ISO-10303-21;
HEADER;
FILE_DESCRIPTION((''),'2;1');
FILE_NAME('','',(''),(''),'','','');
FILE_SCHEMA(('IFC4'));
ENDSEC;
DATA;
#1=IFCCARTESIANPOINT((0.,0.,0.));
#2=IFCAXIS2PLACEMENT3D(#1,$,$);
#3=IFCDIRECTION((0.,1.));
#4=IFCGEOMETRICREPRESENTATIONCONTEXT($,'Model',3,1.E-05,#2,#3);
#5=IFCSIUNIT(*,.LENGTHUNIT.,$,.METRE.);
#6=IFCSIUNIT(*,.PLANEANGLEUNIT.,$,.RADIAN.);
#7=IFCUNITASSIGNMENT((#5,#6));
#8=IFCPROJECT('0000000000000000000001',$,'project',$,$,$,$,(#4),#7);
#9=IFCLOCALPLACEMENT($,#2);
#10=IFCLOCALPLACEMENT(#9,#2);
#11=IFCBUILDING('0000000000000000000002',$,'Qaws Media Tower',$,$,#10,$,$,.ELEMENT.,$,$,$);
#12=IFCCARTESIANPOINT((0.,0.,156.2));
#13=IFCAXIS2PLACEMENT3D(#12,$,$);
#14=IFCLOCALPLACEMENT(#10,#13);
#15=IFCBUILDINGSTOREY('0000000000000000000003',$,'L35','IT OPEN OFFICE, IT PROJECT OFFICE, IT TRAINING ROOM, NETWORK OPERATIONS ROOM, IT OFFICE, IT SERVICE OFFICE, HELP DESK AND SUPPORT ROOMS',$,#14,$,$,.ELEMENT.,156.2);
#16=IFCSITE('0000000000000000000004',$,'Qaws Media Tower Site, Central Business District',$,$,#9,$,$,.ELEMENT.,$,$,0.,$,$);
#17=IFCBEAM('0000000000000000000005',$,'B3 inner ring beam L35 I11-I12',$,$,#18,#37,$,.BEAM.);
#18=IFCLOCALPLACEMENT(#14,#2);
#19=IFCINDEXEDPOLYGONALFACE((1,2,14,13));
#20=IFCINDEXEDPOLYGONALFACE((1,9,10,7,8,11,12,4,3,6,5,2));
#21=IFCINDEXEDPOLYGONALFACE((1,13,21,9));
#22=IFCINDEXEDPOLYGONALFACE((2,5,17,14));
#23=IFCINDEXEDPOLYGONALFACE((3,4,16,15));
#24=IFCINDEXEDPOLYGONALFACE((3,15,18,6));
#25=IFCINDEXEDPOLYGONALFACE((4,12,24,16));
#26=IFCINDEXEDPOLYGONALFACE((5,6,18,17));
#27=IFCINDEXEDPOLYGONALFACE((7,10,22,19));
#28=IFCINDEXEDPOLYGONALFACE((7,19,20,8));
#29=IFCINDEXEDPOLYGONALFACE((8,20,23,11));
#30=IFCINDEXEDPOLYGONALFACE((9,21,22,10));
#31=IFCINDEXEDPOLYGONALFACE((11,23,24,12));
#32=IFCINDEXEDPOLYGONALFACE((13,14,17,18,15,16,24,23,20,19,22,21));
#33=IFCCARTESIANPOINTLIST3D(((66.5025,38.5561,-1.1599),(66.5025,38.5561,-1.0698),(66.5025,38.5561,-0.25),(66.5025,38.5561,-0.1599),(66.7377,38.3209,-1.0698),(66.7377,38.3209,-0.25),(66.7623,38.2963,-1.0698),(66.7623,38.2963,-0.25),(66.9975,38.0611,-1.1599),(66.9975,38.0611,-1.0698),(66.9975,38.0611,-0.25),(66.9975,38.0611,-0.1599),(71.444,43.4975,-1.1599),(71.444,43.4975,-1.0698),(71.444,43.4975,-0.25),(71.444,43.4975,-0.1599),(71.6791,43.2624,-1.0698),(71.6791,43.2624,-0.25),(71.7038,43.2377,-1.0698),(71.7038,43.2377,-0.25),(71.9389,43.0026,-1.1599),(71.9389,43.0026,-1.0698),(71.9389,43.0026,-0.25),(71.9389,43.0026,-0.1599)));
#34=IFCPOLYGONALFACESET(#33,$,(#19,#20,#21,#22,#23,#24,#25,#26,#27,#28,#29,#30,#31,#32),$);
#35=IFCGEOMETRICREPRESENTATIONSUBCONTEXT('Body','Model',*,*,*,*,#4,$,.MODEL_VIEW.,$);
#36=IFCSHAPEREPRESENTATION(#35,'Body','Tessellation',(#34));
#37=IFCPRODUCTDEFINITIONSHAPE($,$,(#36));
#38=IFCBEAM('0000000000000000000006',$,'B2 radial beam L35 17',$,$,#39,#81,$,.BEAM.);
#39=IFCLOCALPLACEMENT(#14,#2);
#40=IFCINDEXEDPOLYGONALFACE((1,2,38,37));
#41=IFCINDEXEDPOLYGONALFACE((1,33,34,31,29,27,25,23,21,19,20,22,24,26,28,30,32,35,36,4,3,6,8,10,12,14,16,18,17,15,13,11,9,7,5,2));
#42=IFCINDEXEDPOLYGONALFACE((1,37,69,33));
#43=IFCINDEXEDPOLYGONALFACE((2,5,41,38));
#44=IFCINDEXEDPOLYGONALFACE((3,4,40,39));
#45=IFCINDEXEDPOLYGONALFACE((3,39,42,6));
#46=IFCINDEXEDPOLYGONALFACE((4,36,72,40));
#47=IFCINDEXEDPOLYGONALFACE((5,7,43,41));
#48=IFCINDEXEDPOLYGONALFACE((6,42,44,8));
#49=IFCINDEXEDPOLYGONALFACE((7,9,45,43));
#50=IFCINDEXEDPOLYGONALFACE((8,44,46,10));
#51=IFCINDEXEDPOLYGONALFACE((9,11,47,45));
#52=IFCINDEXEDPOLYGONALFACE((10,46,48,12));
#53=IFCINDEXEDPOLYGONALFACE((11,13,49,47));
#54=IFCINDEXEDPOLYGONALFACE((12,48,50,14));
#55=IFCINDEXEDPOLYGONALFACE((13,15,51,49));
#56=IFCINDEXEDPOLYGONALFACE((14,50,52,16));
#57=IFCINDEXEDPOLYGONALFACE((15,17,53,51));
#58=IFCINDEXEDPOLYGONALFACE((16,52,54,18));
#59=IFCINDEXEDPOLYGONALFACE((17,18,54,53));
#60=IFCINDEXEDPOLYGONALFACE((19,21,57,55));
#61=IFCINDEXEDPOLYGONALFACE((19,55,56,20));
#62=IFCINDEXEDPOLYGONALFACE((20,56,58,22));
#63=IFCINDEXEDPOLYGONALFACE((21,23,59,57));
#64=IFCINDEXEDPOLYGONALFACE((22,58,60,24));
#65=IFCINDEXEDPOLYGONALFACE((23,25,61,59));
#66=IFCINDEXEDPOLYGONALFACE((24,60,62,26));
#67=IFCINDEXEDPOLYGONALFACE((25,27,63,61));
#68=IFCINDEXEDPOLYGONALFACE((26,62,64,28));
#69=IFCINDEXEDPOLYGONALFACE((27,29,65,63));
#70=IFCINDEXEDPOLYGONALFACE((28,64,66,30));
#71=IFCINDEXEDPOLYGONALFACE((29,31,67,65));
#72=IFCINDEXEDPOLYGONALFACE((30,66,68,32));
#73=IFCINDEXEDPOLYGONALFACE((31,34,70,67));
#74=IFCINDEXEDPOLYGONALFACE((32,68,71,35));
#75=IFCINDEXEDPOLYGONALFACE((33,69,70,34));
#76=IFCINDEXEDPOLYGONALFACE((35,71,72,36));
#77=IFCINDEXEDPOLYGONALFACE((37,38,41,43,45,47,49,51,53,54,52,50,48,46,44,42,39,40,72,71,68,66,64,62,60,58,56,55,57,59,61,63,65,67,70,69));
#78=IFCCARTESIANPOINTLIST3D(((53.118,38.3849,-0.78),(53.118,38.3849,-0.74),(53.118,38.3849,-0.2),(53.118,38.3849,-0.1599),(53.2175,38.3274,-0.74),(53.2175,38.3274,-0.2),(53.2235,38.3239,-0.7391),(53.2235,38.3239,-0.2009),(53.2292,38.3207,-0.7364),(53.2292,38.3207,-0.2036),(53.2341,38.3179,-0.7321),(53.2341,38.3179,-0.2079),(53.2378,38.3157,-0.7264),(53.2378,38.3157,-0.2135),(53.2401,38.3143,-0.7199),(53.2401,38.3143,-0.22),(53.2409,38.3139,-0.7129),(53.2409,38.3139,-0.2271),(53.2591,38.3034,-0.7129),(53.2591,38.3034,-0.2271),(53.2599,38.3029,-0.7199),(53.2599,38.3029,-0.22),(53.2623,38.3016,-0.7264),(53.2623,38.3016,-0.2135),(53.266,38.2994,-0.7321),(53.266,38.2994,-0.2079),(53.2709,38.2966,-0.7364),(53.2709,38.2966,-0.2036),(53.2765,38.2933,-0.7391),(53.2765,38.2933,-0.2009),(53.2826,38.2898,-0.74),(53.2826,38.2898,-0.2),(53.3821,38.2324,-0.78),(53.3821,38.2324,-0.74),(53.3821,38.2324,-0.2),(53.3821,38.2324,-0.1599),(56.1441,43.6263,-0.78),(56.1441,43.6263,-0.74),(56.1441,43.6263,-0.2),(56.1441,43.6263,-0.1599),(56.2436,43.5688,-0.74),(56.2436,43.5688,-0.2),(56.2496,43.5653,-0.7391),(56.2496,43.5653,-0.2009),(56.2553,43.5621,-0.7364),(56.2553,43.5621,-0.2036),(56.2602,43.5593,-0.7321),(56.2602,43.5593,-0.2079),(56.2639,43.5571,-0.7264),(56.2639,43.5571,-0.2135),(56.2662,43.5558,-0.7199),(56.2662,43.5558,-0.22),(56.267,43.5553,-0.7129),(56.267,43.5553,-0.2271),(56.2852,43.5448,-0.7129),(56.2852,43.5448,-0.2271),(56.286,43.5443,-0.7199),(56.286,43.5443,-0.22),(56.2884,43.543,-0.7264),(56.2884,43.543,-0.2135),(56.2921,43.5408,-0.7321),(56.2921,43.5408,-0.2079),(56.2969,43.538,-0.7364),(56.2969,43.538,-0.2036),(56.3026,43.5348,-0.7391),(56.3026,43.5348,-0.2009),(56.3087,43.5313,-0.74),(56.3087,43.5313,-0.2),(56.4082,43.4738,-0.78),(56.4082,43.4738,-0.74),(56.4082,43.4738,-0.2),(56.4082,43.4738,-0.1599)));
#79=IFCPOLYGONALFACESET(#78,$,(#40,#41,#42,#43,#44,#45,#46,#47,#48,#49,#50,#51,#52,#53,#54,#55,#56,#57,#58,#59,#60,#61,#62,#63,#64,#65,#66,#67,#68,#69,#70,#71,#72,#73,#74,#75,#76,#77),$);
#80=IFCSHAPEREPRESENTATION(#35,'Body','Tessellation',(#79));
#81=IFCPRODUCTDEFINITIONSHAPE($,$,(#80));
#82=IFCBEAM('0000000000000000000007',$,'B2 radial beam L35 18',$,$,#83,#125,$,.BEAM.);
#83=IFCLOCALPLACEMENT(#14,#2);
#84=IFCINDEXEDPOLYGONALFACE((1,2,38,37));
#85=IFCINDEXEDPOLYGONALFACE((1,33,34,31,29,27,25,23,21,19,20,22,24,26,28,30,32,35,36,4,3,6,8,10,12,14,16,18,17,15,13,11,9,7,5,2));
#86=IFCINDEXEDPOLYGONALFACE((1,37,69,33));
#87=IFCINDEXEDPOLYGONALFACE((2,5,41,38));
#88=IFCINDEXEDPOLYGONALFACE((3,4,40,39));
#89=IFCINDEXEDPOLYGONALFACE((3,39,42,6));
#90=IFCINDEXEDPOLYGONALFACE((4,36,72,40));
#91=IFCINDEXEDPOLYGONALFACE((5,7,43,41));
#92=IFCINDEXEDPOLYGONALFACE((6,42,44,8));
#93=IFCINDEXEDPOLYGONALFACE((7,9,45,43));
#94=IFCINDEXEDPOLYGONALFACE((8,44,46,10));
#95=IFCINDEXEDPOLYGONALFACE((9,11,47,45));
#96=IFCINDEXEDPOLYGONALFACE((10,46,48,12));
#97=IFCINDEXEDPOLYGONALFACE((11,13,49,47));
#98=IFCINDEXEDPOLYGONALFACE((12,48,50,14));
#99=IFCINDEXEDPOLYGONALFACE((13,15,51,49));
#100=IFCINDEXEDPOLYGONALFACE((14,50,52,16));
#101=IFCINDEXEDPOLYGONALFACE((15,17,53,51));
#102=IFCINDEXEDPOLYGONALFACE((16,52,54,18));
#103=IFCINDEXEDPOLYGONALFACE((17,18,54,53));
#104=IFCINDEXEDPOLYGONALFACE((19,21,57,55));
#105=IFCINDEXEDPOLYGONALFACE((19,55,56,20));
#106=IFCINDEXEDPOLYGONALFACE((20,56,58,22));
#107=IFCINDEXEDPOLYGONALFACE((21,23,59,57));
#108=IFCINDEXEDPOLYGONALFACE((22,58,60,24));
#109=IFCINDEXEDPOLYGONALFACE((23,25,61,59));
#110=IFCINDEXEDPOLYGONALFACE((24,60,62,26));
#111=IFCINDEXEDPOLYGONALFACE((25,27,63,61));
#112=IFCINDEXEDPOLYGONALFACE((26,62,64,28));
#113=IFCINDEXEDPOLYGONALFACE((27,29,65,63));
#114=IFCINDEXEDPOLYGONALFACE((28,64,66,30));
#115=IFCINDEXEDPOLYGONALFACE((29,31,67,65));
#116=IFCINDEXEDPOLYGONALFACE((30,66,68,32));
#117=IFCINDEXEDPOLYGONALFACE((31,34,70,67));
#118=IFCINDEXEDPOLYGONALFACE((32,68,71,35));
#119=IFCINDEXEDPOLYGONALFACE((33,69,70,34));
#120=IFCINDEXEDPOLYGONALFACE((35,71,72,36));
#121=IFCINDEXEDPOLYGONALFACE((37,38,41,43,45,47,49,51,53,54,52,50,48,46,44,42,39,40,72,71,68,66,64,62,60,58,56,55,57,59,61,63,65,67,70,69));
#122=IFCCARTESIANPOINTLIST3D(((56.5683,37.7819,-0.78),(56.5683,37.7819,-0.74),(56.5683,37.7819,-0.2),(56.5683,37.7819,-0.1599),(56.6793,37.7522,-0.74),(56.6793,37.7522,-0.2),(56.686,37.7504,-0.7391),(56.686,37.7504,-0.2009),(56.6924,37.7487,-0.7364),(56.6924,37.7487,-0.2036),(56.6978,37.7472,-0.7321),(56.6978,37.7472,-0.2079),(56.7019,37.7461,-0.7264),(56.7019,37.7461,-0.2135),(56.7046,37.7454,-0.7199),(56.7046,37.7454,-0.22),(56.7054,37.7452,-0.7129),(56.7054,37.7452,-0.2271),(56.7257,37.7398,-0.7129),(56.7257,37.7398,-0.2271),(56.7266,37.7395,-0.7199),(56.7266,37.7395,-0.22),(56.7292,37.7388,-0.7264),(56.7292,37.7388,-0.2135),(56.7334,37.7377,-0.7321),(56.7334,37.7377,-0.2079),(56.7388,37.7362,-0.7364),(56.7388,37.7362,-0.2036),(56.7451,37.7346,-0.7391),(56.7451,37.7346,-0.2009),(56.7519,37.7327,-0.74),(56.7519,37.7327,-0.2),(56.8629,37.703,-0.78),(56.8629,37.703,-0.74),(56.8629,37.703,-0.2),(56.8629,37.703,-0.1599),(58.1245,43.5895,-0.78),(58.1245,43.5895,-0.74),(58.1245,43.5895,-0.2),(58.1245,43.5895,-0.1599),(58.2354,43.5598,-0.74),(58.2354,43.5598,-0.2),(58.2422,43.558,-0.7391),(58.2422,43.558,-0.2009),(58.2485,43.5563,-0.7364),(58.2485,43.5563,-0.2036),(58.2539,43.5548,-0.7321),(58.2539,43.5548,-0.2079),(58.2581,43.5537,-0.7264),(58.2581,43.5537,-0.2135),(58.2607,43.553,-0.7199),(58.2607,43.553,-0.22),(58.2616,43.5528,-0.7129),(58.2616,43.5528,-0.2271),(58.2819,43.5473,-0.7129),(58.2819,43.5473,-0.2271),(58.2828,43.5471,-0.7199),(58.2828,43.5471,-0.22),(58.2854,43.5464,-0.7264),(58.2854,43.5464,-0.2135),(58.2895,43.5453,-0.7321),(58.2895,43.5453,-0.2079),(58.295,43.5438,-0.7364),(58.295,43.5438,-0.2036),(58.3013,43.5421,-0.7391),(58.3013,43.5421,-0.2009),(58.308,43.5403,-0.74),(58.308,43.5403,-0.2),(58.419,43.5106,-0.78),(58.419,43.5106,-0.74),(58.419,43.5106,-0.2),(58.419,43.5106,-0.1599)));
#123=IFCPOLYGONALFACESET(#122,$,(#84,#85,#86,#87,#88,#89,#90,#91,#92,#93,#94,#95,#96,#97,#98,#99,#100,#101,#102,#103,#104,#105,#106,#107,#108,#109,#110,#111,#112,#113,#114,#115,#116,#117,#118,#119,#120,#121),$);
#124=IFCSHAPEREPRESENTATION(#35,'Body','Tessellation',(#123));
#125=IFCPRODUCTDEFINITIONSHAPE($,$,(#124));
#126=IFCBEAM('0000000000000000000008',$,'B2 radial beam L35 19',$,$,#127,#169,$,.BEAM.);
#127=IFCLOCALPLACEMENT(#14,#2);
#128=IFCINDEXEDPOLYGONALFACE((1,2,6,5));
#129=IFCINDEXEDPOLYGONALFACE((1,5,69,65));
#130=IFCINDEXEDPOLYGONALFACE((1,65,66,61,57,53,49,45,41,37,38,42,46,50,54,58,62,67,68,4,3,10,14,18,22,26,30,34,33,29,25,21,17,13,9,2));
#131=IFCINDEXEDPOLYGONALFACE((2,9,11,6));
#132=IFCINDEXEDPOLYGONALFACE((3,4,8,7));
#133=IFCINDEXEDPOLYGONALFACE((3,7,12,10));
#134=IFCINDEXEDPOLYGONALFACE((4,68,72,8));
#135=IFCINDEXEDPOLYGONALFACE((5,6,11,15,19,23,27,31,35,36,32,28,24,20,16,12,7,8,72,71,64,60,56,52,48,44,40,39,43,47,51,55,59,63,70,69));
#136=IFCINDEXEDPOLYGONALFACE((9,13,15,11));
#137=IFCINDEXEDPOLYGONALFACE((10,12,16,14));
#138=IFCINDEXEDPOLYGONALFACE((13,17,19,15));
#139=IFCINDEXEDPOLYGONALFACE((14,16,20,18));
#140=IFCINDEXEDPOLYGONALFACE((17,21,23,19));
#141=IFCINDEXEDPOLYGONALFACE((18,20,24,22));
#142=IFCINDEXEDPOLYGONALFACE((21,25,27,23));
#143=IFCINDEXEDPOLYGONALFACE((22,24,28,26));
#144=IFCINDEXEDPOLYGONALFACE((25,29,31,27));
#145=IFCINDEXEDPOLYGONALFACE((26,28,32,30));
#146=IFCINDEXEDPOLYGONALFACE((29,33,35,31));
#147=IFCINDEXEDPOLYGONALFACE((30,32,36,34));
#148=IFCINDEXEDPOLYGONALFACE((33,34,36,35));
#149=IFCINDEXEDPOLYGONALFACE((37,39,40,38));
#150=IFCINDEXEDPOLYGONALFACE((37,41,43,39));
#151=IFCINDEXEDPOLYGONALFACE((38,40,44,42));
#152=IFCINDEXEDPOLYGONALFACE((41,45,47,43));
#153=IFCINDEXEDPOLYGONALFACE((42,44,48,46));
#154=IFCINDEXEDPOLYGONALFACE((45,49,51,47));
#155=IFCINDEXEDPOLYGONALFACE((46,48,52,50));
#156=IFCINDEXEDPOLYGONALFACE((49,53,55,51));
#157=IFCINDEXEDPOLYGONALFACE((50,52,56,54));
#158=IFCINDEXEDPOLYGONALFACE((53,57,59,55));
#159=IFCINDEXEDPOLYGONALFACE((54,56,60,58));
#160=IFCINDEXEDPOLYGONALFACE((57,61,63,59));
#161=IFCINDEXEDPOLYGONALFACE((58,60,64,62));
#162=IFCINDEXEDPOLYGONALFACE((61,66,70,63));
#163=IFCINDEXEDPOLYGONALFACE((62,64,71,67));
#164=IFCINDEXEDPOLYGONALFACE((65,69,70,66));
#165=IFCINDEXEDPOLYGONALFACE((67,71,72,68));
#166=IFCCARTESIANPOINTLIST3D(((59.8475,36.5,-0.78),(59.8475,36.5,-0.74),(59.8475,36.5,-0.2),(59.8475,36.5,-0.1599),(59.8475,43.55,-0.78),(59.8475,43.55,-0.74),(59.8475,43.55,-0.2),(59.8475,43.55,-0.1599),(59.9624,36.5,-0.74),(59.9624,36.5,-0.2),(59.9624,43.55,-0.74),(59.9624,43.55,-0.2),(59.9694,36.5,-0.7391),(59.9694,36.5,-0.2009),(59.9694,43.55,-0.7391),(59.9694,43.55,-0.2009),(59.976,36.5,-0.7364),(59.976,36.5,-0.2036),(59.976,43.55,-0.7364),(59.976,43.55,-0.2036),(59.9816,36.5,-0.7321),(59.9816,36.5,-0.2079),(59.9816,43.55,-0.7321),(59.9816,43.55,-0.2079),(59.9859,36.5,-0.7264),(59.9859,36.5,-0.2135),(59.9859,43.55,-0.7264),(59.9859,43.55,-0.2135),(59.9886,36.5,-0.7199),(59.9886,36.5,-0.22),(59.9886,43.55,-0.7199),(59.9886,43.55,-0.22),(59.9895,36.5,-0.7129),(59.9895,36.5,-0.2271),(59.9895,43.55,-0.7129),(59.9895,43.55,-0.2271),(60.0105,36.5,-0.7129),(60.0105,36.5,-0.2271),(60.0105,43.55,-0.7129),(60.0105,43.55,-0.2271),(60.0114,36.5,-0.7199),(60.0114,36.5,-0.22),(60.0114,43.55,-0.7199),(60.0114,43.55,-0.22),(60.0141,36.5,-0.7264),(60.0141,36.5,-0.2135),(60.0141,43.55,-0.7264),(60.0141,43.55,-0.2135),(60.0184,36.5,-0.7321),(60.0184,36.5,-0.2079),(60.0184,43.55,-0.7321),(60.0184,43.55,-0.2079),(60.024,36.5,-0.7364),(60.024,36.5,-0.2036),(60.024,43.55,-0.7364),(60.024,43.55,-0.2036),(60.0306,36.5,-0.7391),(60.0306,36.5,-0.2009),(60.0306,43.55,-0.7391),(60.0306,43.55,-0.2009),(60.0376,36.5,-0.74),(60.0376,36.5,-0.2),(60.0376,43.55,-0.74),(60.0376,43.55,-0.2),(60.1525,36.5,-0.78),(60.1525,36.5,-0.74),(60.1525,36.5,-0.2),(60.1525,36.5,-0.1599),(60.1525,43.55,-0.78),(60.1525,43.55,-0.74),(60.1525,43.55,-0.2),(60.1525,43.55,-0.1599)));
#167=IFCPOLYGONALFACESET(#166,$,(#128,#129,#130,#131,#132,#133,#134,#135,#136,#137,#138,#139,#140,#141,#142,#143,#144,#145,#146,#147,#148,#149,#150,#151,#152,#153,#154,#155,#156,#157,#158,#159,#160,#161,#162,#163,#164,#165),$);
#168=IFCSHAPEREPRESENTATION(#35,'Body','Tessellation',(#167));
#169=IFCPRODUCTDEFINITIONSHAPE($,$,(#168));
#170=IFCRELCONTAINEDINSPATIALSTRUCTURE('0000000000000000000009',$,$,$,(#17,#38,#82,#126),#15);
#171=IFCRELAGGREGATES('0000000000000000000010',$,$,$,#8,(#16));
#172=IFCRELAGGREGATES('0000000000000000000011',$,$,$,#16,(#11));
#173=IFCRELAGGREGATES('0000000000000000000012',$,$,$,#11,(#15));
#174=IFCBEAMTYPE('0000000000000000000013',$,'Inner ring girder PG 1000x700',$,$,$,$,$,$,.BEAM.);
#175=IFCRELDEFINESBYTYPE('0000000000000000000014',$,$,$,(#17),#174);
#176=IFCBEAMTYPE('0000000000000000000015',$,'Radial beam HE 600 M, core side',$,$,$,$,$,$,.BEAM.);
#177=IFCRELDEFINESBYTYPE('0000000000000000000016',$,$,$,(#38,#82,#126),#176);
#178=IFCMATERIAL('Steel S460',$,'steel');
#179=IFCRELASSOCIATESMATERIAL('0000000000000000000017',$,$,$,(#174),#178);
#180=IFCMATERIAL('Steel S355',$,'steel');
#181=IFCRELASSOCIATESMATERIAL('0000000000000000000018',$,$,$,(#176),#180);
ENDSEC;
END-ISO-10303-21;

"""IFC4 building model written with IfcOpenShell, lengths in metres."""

from ifc_helpers import new_model, si_unit, direction, frame, origin, origin_2d, place, context, subcontext, project, spatial, i_section, extrude, material, material_profile, profile_set, type_object, element, save


model = new_model("IFC4")

# Units and contexts
model_context = context("Model", 3, precision=1e-05, world=origin(), true_north=direction((0.0, 1.0)))
body_context = subcontext(model_context, "Body", "Model", "MODEL_VIEW")
ifc_project = project(units=[si_unit("LENGTHUNIT", "METRE"), si_unit("PLANEANGLEUNIT", "RADIAN")], contexts=[model_context])

# Site, building, storey
site_placement = place(None, origin())
site = spatial("IfcSite", under=ifc_project, at=site_placement, Name="Qaws Media Tower Site, Central Business District", CompositionType="ELEMENT", RefElevation=0.0)
building_placement = place(site_placement, origin())
building = spatial("IfcBuilding", under=site, at=building_placement, Name="Qaws Media Tower", CompositionType="ELEMENT")
storey_placement = place(building_placement, frame((0.0, 0.0, 156.2)))
storey = spatial("IfcBuildingStorey", under=building, at=storey_placement, Name="L35", Description="IT OPEN OFFICE, IT PROJECT OFFICE, IT TRAINING ROOM, NETWORK OPERATIONS ROOM, IT OFFICE, IT SERVICE OFFICE, HELP DESK AND SUPPORT ROOMS", CompositionType="ELEMENT", Elevation=156.2)

# Beams
ifc_material_1 = material(Name="Steel S460", Category="steel")
ifc_material_profile_1 = material_profile(ifc_material_1, i_section(OverallWidth=0.7, OverallDepth=1.0, WebThickness=0.0349, FlangeThickness=0.0901, at=origin_2d()), Name="PG 1000x700")
ifc_profile_set_1 = profile_set([ifc_material_profile_1], Name="Steel S460")
beam_type_1 = type_object("IfcBeamType", Name="Inner ring girder PG 1000x700", PredefinedType="BEAM", material=ifc_profile_set_1)
beam_1_placement = place(storey_placement, frame((66.75, 38.3086, -0.6599), z_axis=(0.707107, 0.707107, 0.0), x_axis=(-0.707107, 0.707107, 0.0)))
element("IfcBeam", 1, at=beam_1_placement, inside=storey, type_object=beam_type_1, Name="B3 inner ring beam L35 I11-I12", PredefinedType="BEAM", context=body_context, shape_type="SweptSolid", body=[
    extrude(i_section(OverallWidth=0.7, OverallDepth=1.0, WebThickness=0.0349, FlangeThickness=0.0901, at=origin_2d()), origin(), (0.0, 0.0, 1.0), 6.9883),
])
ifc_material_2 = material(Name="Steel S355", Category="steel")
ifc_material_profile_2 = material_profile(ifc_material_2, i_section(OverallWidth=0.3049, OverallDepth=0.6201, WebThickness=0.021, FlangeThickness=0.04, FilletRadius=0.0271, at=origin_2d()), Name="HE 600 M")
ifc_profile_set_2 = profile_set([ifc_material_profile_2], Name="Steel S355")
beam_type_2 = type_object("IfcBeamType", Name="Radial beam HE 600 M, core side", PredefinedType="BEAM", material=ifc_profile_set_2)
beam_2_placement = place(storey_placement, frame((56.2761, 43.55, -0.47), z_axis=(-0.499996, -0.866028, 0.0), x_axis=(0.866028, -0.499996, 0.0)))
element("IfcBeam", 2, at=beam_2_placement, inside=storey, type_object=beam_type_2, Name="B2 radial beam L35 17", PredefinedType="BEAM", context=body_context, shape_type="SweptSolid", body=[
    extrude(i_section(OverallWidth=0.3049, OverallDepth=0.6201, WebThickness=0.021, FlangeThickness=0.04, FilletRadius=0.0271, at=origin_2d()), origin(), (0.0, 0.0, 1.0), 6.0522),
])
beam_3_placement = place(storey_placement, frame((58.2717, 43.55, -0.47), z_axis=(-0.25882, -0.965926, 0.0), x_axis=(0.965926, -0.25882, 0.0)))
element("IfcBeam", 3, at=beam_3_placement, inside=storey, type_object=beam_type_2, Name="B2 radial beam L35 18", PredefinedType="BEAM", context=body_context, shape_type="SweptSolid", body=[
    extrude(i_section(OverallWidth=0.3049, OverallDepth=0.6201, WebThickness=0.021, FlangeThickness=0.04, FilletRadius=0.0271, at=origin_2d()), origin(), (0.0, 0.0, 1.0), 6.0125),
])
beam_4_placement = place(storey_placement, frame((60.0, 43.55, -0.47), z_axis=(0.0, -1.0, 0.0), x_axis=(1.0, 0.0, 0.0)))
element("IfcBeam", 4, at=beam_4_placement, inside=storey, type_object=beam_type_2, Name="B2 radial beam L35 19", PredefinedType="BEAM", context=body_context, shape_type="SweptSolid", body=[
    extrude(i_section(OverallWidth=0.3049, OverallDepth=0.6201, WebThickness=0.021, FlangeThickness=0.04, FilletRadius=0.0271, at=origin_2d()), origin(), (0.0, 0.0, 1.0), 7.05),
])

save(model, "model.ifc")
